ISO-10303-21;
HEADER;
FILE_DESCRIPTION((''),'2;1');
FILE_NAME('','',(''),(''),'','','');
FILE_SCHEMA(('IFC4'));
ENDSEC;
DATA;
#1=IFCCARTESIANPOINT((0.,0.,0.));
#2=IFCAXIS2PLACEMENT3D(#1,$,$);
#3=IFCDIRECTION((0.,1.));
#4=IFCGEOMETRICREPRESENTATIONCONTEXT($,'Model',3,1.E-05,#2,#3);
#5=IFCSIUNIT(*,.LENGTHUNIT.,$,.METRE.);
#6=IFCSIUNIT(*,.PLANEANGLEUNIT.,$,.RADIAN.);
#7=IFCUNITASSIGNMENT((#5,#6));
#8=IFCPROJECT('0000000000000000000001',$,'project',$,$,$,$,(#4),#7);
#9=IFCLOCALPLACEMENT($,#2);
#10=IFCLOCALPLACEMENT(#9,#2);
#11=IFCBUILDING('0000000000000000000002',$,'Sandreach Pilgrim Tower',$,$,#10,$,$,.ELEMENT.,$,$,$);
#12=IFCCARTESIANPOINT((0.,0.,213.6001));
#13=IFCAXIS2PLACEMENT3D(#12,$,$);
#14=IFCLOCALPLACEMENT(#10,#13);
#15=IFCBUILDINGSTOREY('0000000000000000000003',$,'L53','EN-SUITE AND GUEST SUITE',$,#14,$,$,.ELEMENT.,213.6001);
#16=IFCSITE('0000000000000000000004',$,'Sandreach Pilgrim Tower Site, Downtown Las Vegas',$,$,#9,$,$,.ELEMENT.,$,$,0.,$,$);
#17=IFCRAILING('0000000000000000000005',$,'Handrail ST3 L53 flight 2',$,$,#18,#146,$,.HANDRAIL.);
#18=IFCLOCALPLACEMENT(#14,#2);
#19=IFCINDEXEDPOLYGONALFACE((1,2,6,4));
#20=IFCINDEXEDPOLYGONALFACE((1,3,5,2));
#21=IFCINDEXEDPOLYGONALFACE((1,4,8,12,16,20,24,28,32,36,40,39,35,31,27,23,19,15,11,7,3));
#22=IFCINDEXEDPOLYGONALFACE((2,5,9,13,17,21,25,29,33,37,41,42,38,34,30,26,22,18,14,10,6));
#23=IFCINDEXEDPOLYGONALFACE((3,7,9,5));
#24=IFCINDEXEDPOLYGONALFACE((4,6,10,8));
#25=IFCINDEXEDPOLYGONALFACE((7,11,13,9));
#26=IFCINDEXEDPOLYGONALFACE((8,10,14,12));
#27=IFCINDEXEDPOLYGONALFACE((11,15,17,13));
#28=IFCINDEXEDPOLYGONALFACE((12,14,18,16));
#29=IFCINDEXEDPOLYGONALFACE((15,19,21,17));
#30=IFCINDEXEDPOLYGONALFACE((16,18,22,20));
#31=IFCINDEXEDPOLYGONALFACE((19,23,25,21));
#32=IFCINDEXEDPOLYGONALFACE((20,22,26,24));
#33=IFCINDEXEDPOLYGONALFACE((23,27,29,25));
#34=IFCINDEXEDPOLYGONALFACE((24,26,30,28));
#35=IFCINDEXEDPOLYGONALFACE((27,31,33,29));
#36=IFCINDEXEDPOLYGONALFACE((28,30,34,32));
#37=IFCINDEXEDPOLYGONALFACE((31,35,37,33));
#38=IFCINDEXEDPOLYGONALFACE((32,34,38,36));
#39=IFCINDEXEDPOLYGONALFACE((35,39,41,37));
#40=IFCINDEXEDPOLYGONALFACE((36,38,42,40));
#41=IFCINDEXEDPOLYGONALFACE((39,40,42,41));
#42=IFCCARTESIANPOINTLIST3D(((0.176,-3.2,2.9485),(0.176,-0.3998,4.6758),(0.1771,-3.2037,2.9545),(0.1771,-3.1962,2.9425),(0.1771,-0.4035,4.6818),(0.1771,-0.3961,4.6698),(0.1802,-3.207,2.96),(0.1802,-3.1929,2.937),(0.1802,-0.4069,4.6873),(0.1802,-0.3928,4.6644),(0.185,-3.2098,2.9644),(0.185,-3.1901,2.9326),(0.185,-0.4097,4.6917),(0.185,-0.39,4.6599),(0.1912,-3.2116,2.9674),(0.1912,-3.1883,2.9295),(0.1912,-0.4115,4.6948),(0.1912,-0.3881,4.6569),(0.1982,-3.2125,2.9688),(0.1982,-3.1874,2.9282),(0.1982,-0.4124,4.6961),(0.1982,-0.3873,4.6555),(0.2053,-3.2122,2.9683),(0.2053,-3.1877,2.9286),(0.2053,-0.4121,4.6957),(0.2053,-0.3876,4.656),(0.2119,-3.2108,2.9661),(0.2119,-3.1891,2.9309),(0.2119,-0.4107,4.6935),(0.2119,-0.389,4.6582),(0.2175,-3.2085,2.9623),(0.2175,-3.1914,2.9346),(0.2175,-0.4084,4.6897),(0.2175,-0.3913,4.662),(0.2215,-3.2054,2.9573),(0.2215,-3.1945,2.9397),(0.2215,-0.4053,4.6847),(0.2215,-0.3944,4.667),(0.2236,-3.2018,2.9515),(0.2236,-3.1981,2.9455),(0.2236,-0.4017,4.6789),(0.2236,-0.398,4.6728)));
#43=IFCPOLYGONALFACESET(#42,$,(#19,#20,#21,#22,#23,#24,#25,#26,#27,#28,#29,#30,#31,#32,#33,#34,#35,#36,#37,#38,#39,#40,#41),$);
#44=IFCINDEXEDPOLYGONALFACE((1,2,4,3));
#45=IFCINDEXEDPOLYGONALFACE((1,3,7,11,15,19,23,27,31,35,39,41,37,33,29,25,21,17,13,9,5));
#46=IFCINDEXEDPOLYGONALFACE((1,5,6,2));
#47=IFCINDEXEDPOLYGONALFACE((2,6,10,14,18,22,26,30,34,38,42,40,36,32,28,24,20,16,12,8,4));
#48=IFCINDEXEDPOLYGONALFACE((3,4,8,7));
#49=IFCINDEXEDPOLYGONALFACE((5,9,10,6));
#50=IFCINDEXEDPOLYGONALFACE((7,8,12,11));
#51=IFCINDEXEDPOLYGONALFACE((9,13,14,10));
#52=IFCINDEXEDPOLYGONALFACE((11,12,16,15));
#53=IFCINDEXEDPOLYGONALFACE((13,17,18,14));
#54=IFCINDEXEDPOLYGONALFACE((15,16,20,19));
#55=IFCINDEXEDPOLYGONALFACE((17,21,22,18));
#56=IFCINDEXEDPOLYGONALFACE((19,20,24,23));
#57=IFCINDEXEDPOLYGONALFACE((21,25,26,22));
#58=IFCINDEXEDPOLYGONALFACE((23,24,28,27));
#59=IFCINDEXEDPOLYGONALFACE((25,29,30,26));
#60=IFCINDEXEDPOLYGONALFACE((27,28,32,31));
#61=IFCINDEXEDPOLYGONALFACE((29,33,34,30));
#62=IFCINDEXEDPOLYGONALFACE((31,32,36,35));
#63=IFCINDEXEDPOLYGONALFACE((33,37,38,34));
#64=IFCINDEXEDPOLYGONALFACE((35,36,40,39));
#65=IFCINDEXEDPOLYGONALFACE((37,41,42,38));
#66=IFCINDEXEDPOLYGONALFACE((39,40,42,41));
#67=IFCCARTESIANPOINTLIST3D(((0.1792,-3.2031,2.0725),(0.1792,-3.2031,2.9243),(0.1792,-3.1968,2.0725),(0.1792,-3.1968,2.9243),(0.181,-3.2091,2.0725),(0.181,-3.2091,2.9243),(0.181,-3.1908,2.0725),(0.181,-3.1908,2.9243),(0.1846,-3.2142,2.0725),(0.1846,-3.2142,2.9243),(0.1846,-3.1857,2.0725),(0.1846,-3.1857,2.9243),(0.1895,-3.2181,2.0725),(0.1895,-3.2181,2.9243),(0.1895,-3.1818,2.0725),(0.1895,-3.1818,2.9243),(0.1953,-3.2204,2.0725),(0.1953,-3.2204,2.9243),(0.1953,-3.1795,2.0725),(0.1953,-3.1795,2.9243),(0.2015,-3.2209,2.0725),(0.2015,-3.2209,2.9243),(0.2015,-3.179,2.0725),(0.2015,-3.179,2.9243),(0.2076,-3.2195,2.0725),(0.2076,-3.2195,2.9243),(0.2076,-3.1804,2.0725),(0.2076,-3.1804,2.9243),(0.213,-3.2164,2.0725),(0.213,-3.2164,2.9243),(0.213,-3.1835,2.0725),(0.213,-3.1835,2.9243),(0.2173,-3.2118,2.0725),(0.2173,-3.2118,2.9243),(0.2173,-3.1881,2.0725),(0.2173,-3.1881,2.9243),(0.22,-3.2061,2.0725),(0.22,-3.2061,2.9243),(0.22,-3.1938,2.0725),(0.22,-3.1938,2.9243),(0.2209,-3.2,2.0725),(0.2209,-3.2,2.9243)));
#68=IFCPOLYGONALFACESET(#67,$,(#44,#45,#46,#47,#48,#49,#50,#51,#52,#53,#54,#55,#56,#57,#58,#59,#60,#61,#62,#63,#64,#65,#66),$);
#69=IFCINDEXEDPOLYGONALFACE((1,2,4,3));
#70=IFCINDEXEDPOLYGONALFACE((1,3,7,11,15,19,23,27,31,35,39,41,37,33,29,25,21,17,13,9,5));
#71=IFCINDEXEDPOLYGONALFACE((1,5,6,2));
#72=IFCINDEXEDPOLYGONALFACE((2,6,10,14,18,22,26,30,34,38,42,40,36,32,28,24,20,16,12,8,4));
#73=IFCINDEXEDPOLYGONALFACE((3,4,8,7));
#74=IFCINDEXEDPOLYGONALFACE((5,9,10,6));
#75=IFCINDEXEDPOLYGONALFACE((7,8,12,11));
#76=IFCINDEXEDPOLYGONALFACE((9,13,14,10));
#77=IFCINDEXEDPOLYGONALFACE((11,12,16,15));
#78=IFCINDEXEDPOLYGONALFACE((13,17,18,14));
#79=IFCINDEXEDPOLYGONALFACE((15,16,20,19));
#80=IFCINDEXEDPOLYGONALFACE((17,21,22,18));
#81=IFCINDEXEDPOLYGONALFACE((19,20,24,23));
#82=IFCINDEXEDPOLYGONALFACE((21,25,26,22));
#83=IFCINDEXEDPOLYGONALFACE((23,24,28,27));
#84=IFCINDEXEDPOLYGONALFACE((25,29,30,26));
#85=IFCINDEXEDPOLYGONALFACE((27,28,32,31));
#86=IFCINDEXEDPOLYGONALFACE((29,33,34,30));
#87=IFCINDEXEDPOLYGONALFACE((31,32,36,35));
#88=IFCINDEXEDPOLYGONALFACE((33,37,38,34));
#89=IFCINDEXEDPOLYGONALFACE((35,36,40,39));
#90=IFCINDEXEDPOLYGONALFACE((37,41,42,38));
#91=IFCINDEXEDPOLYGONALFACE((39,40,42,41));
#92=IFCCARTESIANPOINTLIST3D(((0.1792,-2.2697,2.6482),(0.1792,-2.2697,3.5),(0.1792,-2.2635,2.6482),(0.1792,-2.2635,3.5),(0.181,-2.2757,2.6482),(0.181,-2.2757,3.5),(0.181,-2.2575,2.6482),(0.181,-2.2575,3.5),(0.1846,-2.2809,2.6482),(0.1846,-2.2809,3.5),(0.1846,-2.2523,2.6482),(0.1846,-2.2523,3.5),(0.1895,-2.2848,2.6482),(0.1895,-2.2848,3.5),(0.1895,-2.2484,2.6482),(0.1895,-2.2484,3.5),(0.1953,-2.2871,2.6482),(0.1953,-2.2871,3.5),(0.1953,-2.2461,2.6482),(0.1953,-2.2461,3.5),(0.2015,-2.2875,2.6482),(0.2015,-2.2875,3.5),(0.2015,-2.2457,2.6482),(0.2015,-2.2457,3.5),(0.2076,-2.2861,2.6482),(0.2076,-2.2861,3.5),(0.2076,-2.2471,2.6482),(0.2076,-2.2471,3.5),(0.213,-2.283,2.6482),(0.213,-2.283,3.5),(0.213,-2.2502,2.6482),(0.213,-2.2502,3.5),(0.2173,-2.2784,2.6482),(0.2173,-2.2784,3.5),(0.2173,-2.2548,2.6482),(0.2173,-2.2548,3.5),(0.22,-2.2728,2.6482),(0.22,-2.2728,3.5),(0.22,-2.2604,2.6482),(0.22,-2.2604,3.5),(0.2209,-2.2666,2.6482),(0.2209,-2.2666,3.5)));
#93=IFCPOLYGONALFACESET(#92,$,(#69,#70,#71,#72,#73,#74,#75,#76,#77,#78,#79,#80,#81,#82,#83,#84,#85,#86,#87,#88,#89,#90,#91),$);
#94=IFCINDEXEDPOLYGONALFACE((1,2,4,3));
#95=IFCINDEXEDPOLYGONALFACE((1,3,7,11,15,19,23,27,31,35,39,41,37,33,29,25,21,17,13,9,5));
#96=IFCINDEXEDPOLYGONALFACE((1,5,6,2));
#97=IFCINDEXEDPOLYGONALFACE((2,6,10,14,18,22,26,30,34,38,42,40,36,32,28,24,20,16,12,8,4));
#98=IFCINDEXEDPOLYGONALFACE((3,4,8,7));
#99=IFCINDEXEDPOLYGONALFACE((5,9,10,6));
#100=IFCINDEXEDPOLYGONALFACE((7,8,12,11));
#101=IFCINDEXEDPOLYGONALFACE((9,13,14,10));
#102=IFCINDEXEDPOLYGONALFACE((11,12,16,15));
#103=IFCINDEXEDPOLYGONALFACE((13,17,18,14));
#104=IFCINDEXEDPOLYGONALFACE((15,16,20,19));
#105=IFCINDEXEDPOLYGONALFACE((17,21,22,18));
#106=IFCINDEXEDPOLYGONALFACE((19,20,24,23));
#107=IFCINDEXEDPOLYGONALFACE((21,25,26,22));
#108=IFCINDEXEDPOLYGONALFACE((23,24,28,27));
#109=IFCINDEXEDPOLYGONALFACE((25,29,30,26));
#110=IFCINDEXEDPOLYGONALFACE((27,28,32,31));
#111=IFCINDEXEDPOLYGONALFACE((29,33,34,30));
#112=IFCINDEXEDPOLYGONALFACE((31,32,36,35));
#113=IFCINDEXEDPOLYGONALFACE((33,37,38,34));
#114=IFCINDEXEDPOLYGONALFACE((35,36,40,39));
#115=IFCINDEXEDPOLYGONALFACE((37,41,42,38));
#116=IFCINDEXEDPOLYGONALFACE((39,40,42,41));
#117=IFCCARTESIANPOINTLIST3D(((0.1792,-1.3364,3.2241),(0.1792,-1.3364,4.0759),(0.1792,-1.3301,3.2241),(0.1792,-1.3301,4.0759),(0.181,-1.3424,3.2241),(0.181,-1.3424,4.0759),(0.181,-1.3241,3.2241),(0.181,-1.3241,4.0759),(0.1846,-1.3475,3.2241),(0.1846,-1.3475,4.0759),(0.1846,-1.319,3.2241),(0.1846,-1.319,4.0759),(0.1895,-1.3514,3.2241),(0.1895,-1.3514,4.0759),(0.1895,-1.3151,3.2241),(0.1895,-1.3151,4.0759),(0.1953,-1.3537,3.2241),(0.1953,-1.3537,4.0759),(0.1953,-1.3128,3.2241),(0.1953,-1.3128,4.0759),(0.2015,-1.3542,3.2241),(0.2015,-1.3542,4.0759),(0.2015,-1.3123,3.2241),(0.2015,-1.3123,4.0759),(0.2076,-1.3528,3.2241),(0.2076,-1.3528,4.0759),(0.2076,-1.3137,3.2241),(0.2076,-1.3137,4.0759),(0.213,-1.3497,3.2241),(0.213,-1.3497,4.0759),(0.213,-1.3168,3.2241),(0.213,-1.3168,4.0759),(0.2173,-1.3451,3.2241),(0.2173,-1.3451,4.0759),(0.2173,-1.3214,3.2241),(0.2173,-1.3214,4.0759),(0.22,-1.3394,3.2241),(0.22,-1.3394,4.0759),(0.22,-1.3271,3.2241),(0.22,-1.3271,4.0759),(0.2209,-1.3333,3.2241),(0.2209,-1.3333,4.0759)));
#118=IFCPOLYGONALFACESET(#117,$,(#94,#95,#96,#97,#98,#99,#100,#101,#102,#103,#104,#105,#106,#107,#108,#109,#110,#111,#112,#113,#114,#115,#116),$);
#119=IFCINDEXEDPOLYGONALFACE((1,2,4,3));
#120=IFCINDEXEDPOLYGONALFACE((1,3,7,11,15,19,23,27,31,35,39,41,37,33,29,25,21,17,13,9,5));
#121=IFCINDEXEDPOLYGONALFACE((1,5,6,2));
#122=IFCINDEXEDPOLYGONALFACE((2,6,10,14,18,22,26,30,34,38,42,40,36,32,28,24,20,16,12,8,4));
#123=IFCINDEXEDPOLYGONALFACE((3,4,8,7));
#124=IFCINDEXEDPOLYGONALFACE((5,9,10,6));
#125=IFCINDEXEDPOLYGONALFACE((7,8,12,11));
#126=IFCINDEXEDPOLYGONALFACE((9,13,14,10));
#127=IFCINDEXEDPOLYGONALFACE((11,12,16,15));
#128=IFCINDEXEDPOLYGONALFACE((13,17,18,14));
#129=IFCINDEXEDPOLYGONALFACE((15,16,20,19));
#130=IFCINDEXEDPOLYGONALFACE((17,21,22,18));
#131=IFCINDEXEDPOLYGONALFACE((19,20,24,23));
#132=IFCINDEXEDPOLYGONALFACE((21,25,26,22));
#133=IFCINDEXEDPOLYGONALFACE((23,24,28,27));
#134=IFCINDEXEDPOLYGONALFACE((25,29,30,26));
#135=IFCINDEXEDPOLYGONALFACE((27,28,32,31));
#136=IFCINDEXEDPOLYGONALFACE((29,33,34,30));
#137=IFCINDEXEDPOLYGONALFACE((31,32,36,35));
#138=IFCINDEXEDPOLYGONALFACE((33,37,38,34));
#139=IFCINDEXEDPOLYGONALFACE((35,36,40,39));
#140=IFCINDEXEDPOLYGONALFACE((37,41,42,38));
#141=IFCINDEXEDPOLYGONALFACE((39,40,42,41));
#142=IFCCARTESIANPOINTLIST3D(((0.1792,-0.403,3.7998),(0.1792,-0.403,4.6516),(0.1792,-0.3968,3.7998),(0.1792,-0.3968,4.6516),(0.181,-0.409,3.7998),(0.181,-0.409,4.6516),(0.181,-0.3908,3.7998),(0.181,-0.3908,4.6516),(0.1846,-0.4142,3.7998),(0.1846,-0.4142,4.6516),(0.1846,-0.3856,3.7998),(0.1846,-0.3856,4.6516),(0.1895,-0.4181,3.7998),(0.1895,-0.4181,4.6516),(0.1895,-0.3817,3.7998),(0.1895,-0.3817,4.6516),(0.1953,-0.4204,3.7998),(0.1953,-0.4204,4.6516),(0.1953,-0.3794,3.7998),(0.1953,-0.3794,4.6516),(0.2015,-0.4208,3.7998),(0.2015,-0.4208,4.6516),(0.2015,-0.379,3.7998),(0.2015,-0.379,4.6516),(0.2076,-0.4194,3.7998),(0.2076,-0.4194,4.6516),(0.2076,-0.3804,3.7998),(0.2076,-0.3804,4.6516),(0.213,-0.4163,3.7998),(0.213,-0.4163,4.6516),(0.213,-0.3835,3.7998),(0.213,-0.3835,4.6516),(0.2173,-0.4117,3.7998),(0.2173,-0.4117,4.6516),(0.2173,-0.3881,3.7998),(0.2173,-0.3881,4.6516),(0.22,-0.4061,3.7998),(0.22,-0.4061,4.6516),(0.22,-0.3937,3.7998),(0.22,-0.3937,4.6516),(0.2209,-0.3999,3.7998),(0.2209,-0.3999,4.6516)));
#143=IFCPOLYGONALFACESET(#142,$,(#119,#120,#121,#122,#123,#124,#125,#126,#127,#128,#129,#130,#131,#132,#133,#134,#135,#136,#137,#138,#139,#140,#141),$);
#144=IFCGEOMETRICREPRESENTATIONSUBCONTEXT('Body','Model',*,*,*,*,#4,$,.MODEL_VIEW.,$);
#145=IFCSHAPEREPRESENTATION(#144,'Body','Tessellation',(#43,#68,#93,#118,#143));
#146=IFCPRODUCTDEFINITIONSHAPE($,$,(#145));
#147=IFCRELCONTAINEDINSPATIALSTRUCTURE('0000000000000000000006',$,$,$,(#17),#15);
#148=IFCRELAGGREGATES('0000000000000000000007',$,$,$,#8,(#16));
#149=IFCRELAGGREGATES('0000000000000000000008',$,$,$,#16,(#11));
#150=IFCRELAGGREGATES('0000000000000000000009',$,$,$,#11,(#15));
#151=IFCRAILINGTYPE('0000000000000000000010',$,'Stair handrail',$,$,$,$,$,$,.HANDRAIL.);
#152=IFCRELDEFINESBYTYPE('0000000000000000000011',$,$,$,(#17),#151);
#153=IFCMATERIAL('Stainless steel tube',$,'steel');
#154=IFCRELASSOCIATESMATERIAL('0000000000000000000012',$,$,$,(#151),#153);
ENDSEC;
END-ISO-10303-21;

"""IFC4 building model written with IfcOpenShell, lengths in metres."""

from ifc_helpers import new_model, si_unit, direction, frame, origin, origin_2d, place, context, subcontext, project, spatial, circle, extrude, material, type_object, element, save


model = new_model("IFC4")

# Units and contexts
model_context = context("Model", 3, precision=1e-05, world=origin(), true_north=direction((0.0, 1.0)))
body_context = subcontext(model_context, "Body", "Model", "MODEL_VIEW")
ifc_project = project(units=[si_unit("LENGTHUNIT", "METRE"), si_unit("PLANEANGLEUNIT", "RADIAN")], contexts=[model_context])

# Site, building, storey
site_placement = place(None, origin())
site = spatial("IfcSite", under=ifc_project, at=site_placement, Name="Sandreach Pilgrim Tower Site, Downtown Las Vegas", CompositionType="ELEMENT", RefElevation=0.0)
building_placement = place(site_placement, origin())
building = spatial("IfcBuilding", under=site, at=building_placement, Name="Sandreach Pilgrim Tower", CompositionType="ELEMENT")
storey_placement = place(building_placement, frame((0.0, 0.0, 213.6001)))
storey = spatial("IfcBuildingStorey", under=building, at=storey_placement, Name="L53", Description="EN-SUITE AND GUEST SUITE", CompositionType="ELEMENT", Elevation=213.6001)

# Railing
ifc_material_1 = material(Name="Stainless steel tube", Category="steel")
railing_type = type_object("IfcRailingType", Name="Stair handrail", PredefinedType="HANDRAIL", material=ifc_material_1)
for number, where, name in (
    (1, (0.2, -3.2, 2.0725), "Handrail ST3 L53 flight 2"),
):
    element("IfcRailing", number, at=place(storey_placement, frame(where)), inside=storey, type_object=railing_type, Name=name, PredefinedType="HANDRAIL", context=body_context, shape_type="SweptSolid", body=[
        extrude(circle(Radius=0.0239, at=origin_2d()), frame((0.0, 0.0, 0.876), z_axis=(0.0, 0.85109, 0.52502), x_axis=(-1.0, 0.0, 0.0)), (0.0, 0.0, 1.0), 3.29),
        extrude(circle(Radius=0.021, at=origin_2d()), origin(), (0.0, 0.0, 1.0), 0.8518),
        extrude(circle(Radius=0.021, at=origin_2d()), frame((0.0, 0.9333, 0.5757)), (0.0, 0.0, 1.0), 0.8518),
        extrude(circle(Radius=0.021, at=origin_2d()), frame((0.0, 1.8667, 1.1516)), (0.0, 0.0, 1.0), 0.8518),
        extrude(circle(Radius=0.021, at=origin_2d()), frame((0.0, 2.8, 1.7273)), (0.0, 0.0, 1.0), 0.8518),
    ])

save(model, "model.ifc")
